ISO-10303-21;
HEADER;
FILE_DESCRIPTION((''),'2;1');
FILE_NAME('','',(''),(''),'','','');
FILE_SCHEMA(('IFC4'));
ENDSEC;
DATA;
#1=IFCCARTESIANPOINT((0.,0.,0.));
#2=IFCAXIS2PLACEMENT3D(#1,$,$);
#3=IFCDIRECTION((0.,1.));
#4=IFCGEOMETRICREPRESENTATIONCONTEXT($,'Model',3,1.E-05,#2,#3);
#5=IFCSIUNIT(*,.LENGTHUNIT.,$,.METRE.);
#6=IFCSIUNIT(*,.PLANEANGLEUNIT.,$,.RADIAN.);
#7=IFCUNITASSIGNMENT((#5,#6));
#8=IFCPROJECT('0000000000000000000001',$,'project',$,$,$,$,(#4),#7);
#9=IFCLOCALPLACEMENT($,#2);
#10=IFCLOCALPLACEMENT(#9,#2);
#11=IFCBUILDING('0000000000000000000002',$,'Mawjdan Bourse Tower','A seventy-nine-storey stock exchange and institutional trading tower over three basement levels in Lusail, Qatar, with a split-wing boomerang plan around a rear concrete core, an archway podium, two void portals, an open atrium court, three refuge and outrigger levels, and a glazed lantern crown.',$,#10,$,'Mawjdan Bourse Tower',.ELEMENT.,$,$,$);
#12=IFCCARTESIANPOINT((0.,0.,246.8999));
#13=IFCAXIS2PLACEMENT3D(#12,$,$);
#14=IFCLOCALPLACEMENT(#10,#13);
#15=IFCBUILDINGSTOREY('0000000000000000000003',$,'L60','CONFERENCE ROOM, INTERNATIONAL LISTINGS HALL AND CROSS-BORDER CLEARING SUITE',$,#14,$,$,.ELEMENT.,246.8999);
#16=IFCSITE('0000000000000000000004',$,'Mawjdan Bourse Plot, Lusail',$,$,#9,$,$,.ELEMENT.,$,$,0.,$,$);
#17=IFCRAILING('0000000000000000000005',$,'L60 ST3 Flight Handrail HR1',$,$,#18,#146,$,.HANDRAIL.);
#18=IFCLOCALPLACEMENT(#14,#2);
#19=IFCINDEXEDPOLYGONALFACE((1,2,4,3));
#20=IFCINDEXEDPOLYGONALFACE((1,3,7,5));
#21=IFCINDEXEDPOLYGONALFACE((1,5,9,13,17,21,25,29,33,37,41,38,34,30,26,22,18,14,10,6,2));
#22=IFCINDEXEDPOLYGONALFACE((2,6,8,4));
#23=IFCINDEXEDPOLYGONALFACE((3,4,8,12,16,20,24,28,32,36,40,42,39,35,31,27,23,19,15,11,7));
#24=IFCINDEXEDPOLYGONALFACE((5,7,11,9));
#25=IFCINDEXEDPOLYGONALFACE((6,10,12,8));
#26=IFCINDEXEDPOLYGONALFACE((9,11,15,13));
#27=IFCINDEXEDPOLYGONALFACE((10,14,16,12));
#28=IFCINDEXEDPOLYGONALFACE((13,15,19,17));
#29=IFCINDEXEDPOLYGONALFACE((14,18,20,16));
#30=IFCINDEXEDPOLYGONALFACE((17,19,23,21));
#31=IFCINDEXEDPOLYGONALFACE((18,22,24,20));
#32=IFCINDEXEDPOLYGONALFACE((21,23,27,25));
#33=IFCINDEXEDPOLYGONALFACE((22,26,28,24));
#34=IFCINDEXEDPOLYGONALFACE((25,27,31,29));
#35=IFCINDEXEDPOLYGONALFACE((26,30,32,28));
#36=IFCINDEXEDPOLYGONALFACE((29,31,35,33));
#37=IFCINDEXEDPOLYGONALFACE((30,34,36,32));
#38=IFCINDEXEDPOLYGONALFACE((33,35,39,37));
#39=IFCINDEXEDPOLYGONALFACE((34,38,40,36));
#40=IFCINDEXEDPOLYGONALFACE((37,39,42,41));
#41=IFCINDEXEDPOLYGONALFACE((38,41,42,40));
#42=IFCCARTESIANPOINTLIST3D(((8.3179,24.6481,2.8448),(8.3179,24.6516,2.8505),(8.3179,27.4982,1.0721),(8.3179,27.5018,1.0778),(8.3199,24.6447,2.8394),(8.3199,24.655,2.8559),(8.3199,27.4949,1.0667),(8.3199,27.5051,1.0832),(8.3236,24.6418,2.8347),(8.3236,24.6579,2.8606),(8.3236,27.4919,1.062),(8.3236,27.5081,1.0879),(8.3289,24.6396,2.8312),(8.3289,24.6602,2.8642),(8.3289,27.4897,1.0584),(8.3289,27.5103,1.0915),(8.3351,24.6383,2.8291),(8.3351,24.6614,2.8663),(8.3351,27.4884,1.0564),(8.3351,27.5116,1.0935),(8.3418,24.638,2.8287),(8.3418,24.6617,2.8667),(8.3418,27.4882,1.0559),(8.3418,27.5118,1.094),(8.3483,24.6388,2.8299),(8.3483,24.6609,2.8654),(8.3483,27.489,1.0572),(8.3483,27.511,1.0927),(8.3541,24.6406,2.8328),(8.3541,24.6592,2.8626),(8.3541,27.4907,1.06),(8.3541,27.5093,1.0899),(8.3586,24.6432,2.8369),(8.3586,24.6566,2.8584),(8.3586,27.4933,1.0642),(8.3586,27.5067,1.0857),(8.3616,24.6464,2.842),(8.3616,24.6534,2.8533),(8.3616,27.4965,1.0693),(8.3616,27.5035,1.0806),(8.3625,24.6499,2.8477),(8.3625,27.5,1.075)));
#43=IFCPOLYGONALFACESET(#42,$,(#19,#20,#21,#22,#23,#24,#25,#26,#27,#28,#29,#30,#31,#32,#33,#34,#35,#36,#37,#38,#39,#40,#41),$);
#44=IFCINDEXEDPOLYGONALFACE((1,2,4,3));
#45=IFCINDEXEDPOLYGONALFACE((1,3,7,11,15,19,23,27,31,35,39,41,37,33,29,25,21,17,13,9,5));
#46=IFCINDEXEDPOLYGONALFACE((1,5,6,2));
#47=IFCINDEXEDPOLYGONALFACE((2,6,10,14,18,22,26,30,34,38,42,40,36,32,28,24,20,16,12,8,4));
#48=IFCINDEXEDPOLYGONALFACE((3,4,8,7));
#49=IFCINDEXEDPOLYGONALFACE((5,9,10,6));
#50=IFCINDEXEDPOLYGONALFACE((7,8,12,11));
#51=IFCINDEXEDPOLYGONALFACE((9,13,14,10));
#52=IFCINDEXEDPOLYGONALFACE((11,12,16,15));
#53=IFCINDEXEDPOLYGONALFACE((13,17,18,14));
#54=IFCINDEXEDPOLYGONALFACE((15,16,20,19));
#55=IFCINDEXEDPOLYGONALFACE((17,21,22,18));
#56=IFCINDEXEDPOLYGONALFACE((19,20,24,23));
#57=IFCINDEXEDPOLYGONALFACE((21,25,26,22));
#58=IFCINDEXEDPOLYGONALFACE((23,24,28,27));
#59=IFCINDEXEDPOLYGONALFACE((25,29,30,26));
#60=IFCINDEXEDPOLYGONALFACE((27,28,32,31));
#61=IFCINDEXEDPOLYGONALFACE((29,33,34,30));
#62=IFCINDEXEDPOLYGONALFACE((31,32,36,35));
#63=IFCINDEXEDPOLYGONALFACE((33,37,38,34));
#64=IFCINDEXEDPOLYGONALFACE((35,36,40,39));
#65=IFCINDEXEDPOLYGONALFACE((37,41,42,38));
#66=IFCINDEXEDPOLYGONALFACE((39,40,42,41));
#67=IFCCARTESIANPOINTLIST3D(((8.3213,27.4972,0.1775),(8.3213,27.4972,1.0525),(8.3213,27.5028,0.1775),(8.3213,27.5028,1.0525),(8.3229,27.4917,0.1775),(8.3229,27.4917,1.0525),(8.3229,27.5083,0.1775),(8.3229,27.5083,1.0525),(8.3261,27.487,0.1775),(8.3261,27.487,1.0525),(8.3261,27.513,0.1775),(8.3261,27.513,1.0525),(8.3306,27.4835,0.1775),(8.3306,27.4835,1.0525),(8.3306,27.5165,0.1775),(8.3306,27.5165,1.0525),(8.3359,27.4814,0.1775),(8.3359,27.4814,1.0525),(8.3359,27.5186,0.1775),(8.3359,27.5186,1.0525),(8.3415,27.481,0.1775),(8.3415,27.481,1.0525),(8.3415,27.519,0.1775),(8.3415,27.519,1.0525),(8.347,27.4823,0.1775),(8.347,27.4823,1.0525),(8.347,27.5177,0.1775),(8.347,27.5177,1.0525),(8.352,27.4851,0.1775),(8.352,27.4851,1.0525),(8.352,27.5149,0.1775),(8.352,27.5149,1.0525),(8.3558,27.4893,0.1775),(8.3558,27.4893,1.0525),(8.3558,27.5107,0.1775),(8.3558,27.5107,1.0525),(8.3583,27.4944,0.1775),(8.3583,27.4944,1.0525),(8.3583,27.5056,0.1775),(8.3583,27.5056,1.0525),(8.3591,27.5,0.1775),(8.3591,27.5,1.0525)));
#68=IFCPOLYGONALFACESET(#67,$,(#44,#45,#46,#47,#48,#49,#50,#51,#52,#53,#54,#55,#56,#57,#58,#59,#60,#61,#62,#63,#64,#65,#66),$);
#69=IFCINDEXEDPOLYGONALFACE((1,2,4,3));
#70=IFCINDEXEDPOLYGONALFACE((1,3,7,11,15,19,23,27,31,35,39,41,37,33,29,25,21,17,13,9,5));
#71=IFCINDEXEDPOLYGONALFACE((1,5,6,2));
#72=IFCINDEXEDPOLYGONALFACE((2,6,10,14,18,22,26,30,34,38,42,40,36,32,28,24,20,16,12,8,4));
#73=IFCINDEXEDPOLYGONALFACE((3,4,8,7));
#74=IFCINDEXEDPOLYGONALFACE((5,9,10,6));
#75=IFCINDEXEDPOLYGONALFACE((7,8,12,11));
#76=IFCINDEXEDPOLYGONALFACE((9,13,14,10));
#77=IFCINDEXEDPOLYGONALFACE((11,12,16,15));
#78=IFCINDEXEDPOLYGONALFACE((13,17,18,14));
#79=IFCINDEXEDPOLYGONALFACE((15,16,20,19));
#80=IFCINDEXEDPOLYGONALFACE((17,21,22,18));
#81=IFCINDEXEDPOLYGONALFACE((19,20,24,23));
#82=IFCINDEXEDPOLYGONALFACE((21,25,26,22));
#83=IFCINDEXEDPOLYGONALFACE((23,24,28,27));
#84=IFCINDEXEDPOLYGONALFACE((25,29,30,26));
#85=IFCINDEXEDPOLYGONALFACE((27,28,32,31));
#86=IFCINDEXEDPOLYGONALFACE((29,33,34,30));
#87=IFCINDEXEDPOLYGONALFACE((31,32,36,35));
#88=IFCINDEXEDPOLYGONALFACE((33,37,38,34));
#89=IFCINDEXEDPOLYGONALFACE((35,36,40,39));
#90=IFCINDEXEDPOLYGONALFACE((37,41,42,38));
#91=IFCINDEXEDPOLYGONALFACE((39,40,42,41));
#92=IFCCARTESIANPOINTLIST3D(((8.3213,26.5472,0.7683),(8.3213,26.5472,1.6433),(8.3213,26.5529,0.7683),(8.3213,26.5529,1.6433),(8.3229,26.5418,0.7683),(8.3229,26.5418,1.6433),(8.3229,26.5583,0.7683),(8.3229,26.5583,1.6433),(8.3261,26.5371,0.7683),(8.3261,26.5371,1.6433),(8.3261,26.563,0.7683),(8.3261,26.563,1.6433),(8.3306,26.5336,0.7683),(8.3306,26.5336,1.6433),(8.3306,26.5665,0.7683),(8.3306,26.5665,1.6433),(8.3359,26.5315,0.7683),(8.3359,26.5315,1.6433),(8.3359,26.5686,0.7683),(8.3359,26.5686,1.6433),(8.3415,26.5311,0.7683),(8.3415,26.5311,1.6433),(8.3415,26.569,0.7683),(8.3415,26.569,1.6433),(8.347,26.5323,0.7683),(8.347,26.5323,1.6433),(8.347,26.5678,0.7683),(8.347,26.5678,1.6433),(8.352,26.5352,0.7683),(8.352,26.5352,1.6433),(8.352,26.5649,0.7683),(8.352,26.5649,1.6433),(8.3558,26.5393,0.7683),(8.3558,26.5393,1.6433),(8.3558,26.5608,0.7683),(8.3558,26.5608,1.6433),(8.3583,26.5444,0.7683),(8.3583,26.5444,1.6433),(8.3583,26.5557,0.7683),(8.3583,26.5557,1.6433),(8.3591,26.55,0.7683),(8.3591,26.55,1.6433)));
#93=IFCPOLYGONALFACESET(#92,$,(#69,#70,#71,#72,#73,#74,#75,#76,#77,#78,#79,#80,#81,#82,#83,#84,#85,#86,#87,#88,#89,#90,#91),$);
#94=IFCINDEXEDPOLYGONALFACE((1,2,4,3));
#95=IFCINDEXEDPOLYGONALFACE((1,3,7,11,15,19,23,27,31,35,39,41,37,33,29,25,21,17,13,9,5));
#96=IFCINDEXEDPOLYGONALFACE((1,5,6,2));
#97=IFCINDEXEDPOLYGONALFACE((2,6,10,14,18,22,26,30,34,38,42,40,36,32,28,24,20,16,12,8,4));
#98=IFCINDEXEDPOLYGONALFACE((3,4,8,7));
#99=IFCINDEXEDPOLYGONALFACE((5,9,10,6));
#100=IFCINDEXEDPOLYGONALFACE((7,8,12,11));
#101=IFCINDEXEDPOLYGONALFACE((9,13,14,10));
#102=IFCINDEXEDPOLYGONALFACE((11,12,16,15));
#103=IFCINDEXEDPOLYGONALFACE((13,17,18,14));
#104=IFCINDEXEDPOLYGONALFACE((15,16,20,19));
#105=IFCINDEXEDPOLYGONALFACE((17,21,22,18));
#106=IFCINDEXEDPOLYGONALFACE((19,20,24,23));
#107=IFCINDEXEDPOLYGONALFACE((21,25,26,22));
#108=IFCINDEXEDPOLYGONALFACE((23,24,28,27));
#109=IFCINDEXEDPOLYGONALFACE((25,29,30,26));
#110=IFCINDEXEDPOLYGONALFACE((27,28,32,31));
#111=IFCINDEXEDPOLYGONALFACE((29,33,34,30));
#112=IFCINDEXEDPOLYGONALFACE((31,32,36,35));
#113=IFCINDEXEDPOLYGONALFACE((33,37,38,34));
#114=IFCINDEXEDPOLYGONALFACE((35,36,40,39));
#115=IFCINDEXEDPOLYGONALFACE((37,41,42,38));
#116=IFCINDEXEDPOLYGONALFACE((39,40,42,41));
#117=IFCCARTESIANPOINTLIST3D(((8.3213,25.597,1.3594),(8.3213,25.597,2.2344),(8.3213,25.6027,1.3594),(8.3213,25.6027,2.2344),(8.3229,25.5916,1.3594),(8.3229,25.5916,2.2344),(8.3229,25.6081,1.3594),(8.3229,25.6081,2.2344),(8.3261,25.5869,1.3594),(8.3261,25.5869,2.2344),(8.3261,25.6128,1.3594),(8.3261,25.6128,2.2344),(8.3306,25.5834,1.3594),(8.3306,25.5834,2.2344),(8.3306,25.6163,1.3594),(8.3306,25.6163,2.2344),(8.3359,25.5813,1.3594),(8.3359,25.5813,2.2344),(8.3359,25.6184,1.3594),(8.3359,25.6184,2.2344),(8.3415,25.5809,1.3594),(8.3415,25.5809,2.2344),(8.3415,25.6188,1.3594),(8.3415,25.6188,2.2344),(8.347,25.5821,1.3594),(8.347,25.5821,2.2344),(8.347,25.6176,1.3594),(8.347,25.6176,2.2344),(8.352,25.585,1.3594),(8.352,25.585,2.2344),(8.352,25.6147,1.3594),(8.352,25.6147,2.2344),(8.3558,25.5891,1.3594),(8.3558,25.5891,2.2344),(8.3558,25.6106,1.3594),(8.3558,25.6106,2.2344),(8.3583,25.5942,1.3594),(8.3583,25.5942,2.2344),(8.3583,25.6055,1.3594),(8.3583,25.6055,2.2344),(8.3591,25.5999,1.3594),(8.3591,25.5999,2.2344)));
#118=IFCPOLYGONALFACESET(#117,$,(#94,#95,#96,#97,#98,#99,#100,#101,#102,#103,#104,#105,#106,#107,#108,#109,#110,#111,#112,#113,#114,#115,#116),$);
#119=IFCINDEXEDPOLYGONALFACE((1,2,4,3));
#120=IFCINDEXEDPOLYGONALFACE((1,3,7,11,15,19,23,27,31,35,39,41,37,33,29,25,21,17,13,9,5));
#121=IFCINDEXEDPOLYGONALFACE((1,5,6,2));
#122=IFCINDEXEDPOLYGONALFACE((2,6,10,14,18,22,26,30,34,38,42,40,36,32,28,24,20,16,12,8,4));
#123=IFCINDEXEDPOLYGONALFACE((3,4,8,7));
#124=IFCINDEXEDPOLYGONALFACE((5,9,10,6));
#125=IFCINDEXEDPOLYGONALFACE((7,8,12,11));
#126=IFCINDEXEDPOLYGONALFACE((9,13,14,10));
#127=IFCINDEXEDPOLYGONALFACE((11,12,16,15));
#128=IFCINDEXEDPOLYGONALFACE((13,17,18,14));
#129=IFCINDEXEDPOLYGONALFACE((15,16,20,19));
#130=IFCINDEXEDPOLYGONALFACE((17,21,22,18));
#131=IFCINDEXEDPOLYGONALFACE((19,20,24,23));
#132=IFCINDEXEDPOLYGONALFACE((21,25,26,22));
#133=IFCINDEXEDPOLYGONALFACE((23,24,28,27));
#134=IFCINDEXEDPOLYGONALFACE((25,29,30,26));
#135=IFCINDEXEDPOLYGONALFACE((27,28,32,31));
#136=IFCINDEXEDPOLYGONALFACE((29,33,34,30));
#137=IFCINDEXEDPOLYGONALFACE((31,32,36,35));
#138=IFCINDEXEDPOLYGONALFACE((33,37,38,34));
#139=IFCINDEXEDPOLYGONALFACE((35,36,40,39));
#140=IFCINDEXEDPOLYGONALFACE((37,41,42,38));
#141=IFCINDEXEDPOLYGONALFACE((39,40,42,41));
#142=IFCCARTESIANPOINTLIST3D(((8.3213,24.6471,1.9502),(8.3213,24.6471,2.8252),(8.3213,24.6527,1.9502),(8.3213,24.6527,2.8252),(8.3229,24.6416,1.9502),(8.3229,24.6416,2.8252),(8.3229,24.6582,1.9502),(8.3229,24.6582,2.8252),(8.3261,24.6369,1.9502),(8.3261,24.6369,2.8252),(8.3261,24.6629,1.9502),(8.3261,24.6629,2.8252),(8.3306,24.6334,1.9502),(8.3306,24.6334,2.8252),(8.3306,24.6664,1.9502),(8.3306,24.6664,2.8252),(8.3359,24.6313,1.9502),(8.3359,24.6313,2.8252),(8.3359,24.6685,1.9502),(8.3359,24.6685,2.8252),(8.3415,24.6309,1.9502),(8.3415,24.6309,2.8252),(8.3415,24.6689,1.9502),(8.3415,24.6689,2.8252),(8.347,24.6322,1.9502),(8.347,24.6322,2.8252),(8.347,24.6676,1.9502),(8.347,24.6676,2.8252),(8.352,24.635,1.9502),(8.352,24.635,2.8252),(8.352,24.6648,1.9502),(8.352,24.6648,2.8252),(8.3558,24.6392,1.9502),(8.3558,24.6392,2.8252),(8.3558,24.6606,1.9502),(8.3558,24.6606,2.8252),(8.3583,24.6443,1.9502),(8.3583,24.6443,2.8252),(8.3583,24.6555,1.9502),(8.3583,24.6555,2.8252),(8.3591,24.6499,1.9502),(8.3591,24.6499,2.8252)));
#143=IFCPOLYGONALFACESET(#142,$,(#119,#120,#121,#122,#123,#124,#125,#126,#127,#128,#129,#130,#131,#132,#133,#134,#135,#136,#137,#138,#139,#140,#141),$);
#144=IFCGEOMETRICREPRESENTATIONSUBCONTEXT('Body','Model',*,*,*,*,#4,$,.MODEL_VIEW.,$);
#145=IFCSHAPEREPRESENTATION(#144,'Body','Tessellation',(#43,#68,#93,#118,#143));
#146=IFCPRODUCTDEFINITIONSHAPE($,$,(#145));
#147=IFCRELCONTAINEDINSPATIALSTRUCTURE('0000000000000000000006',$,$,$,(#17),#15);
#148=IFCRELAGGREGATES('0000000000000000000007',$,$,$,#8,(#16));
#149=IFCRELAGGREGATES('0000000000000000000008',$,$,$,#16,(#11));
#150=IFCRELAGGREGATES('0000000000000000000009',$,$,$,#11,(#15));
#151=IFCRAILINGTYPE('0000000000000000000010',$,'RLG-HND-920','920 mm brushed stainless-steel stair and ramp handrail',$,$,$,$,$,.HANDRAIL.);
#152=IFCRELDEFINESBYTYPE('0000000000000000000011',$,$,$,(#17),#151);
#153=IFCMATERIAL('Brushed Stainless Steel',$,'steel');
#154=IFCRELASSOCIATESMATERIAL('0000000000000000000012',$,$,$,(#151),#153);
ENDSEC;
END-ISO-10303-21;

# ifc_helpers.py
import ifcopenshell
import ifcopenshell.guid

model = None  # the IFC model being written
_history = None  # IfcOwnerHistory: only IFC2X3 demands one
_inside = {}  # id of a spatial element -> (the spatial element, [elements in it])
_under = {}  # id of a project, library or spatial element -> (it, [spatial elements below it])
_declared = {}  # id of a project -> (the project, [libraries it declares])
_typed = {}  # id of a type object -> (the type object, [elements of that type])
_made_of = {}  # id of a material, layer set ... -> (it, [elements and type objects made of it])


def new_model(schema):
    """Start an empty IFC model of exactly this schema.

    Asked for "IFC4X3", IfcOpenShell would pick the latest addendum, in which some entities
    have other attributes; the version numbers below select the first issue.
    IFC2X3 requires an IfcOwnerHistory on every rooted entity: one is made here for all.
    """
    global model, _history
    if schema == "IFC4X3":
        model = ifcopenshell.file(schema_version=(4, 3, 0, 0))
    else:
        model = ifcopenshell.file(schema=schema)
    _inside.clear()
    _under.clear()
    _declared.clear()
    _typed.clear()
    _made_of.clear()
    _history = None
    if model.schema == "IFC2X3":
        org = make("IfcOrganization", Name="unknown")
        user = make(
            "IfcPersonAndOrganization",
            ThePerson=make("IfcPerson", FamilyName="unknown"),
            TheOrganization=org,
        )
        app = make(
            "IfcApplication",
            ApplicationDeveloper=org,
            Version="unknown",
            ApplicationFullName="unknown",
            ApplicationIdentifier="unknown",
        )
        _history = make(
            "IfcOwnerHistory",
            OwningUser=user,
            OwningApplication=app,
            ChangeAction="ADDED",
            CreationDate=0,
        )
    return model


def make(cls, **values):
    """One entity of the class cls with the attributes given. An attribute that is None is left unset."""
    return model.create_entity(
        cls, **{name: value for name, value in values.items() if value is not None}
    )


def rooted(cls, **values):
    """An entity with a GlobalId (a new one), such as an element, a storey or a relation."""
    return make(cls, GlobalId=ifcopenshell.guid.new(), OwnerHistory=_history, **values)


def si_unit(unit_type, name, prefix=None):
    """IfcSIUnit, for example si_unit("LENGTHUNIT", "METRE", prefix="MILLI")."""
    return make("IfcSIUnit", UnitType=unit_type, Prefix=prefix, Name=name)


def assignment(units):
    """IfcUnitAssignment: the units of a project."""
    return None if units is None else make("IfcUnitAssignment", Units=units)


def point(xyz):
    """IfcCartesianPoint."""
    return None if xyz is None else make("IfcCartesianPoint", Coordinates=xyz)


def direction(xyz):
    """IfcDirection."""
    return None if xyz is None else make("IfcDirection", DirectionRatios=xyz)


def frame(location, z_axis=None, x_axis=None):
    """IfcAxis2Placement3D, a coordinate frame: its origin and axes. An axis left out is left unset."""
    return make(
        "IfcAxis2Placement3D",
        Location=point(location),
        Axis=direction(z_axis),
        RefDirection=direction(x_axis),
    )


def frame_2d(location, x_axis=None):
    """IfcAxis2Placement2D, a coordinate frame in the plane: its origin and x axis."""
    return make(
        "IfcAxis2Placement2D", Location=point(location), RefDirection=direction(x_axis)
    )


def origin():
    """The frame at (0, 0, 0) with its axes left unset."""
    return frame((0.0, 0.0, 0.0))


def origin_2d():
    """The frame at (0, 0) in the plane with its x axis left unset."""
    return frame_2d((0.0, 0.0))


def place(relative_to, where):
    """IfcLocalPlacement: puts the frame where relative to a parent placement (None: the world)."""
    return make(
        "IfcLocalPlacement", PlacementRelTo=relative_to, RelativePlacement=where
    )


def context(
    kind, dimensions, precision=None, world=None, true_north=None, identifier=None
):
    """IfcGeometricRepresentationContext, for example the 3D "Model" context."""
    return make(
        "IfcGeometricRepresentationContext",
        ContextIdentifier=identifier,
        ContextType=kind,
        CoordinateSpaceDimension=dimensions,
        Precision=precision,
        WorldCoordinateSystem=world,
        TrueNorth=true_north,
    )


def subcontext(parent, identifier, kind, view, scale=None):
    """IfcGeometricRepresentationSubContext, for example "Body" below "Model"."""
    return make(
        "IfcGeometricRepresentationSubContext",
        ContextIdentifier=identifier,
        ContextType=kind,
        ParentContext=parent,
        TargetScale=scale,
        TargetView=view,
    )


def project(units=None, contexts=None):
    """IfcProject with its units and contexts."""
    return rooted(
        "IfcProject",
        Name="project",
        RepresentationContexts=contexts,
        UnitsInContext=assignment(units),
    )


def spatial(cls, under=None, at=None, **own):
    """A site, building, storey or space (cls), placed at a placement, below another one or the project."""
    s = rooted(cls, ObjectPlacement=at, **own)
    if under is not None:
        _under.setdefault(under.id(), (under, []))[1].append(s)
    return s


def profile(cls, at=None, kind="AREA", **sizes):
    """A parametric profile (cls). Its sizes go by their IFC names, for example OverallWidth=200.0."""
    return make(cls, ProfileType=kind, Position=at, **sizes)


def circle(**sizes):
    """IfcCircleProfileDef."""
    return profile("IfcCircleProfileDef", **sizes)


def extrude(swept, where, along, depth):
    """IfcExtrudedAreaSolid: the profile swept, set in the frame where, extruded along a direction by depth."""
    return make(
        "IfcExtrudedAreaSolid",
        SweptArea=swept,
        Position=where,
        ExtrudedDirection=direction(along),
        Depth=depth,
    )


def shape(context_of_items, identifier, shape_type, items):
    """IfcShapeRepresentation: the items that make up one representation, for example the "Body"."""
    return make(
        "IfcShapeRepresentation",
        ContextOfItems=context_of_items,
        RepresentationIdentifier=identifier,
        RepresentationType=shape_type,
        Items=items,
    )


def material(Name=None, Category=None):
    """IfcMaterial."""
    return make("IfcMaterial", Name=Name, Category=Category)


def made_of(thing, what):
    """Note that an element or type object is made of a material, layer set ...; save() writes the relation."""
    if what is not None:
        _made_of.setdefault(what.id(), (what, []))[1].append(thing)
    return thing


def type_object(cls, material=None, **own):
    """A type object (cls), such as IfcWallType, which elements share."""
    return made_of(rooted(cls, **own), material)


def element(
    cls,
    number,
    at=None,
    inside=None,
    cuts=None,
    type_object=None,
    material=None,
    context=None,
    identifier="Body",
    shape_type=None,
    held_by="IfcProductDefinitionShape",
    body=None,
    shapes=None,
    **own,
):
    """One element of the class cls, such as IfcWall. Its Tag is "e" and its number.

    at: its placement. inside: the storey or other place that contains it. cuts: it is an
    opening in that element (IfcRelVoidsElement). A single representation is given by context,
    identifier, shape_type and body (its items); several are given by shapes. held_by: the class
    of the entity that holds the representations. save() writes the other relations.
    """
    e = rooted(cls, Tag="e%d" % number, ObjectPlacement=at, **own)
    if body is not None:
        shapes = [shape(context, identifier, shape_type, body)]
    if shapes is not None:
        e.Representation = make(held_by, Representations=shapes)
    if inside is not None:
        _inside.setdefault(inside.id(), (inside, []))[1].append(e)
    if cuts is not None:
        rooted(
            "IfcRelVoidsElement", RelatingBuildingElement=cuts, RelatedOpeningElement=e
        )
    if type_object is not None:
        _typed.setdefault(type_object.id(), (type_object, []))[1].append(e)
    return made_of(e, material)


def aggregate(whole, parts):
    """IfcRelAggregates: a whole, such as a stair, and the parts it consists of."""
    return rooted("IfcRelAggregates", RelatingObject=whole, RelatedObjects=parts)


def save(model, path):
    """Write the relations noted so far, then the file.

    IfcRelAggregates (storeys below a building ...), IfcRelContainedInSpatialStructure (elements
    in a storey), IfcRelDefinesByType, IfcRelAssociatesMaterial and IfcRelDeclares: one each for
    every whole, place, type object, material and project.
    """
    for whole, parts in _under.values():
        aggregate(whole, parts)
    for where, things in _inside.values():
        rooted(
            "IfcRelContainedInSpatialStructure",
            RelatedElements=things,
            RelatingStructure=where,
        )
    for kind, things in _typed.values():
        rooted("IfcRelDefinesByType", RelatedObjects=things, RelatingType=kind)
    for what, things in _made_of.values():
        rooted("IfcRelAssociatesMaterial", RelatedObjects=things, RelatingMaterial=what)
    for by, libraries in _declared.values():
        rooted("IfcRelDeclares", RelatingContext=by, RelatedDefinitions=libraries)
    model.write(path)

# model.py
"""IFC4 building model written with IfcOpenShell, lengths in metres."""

from ifc_helpers import new_model, si_unit, direction, frame, origin, origin_2d, place, context, subcontext, project, spatial, circle, extrude, material, type_object, element, save


model = new_model("IFC4")

# Units and contexts
model_context = context("Model", 3, precision=1e-05, world=origin(), true_north=direction((0.0, 1.0)))
body_context = subcontext(model_context, "Body", "Model", "MODEL_VIEW")
ifc_project = project(units=[si_unit("LENGTHUNIT", "METRE"), si_unit("PLANEANGLEUNIT", "RADIAN")], contexts=[model_context])

# Site, building, storey
site_placement = place(None, origin())
site = spatial("IfcSite", under=ifc_project, at=site_placement, Name="Mawjdan Bourse Plot, Lusail", CompositionType="ELEMENT", RefElevation=0.0)
building_placement = place(site_placement, origin())
building = spatial("IfcBuilding", under=site, at=building_placement, Name="Mawjdan Bourse Tower", Description="A seventy-nine-storey stock exchange and institutional trading tower over three basement levels in Lusail, Qatar, with a split-wing boomerang plan around a rear concrete core, an archway podium, two void portals, an open atrium court, three refuge and outrigger levels, and a glazed lantern crown.", LongName="Mawjdan Bourse Tower", CompositionType="ELEMENT")
storey_placement = place(building_placement, frame((0.0, 0.0, 246.8999)))
storey = spatial("IfcBuildingStorey", under=building, at=storey_placement, Name="L60", Description="CONFERENCE ROOM, INTERNATIONAL LISTINGS HALL AND CROSS-BORDER CLEARING SUITE", CompositionType="ELEMENT", Elevation=246.8999)

# Railing
ifc_material_1 = material(Name="Brushed Stainless Steel", Category="steel")
railing_type_1 = type_object("IfcRailingType", Name="RLG-HND-920", Description="920 mm brushed stainless-steel stair and ramp handrail", PredefinedType="HANDRAIL", material=ifc_material_1)
railing_1_placement = place(storey_placement, frame((8.3401, 27.5, 0.1775)))
element("IfcRailing", 1, at=railing_1_placement, inside=storey, type_object=railing_type_1, Name="L60 ST3 Flight Handrail HR1", PredefinedType="HANDRAIL", context=body_context, shape_type="SweptSolid", body=[
    extrude(circle(Radius=0.0225, at=origin_2d()), frame((0.0, 0.0, 0.8975), z_axis=(0.0, -0.849149, 0.528154), x_axis=(1.0, 0.0, 0.0)), (0.0, 0.0, 1.0), 3.3564),
    extrude(circle(Radius=0.019, at=origin_2d()), origin(), (0.0, 0.0, 1.0), 0.875),
    extrude(circle(Radius=0.019, at=origin_2d()), frame((0.0, -0.95, 0.5908)), (0.0, 0.0, 1.0), 0.875),
    extrude(circle(Radius=0.019, at=origin_2d()), frame((0.0, -1.9001, 1.1819)), (0.0, 0.0, 1.0), 0.875),
    extrude(circle(Radius=0.019, at=origin_2d()), frame((0.0, -2.8501, 1.7727)), (0.0, 0.0, 1.0), 0.875),
])

save(model, "model.ifc")
